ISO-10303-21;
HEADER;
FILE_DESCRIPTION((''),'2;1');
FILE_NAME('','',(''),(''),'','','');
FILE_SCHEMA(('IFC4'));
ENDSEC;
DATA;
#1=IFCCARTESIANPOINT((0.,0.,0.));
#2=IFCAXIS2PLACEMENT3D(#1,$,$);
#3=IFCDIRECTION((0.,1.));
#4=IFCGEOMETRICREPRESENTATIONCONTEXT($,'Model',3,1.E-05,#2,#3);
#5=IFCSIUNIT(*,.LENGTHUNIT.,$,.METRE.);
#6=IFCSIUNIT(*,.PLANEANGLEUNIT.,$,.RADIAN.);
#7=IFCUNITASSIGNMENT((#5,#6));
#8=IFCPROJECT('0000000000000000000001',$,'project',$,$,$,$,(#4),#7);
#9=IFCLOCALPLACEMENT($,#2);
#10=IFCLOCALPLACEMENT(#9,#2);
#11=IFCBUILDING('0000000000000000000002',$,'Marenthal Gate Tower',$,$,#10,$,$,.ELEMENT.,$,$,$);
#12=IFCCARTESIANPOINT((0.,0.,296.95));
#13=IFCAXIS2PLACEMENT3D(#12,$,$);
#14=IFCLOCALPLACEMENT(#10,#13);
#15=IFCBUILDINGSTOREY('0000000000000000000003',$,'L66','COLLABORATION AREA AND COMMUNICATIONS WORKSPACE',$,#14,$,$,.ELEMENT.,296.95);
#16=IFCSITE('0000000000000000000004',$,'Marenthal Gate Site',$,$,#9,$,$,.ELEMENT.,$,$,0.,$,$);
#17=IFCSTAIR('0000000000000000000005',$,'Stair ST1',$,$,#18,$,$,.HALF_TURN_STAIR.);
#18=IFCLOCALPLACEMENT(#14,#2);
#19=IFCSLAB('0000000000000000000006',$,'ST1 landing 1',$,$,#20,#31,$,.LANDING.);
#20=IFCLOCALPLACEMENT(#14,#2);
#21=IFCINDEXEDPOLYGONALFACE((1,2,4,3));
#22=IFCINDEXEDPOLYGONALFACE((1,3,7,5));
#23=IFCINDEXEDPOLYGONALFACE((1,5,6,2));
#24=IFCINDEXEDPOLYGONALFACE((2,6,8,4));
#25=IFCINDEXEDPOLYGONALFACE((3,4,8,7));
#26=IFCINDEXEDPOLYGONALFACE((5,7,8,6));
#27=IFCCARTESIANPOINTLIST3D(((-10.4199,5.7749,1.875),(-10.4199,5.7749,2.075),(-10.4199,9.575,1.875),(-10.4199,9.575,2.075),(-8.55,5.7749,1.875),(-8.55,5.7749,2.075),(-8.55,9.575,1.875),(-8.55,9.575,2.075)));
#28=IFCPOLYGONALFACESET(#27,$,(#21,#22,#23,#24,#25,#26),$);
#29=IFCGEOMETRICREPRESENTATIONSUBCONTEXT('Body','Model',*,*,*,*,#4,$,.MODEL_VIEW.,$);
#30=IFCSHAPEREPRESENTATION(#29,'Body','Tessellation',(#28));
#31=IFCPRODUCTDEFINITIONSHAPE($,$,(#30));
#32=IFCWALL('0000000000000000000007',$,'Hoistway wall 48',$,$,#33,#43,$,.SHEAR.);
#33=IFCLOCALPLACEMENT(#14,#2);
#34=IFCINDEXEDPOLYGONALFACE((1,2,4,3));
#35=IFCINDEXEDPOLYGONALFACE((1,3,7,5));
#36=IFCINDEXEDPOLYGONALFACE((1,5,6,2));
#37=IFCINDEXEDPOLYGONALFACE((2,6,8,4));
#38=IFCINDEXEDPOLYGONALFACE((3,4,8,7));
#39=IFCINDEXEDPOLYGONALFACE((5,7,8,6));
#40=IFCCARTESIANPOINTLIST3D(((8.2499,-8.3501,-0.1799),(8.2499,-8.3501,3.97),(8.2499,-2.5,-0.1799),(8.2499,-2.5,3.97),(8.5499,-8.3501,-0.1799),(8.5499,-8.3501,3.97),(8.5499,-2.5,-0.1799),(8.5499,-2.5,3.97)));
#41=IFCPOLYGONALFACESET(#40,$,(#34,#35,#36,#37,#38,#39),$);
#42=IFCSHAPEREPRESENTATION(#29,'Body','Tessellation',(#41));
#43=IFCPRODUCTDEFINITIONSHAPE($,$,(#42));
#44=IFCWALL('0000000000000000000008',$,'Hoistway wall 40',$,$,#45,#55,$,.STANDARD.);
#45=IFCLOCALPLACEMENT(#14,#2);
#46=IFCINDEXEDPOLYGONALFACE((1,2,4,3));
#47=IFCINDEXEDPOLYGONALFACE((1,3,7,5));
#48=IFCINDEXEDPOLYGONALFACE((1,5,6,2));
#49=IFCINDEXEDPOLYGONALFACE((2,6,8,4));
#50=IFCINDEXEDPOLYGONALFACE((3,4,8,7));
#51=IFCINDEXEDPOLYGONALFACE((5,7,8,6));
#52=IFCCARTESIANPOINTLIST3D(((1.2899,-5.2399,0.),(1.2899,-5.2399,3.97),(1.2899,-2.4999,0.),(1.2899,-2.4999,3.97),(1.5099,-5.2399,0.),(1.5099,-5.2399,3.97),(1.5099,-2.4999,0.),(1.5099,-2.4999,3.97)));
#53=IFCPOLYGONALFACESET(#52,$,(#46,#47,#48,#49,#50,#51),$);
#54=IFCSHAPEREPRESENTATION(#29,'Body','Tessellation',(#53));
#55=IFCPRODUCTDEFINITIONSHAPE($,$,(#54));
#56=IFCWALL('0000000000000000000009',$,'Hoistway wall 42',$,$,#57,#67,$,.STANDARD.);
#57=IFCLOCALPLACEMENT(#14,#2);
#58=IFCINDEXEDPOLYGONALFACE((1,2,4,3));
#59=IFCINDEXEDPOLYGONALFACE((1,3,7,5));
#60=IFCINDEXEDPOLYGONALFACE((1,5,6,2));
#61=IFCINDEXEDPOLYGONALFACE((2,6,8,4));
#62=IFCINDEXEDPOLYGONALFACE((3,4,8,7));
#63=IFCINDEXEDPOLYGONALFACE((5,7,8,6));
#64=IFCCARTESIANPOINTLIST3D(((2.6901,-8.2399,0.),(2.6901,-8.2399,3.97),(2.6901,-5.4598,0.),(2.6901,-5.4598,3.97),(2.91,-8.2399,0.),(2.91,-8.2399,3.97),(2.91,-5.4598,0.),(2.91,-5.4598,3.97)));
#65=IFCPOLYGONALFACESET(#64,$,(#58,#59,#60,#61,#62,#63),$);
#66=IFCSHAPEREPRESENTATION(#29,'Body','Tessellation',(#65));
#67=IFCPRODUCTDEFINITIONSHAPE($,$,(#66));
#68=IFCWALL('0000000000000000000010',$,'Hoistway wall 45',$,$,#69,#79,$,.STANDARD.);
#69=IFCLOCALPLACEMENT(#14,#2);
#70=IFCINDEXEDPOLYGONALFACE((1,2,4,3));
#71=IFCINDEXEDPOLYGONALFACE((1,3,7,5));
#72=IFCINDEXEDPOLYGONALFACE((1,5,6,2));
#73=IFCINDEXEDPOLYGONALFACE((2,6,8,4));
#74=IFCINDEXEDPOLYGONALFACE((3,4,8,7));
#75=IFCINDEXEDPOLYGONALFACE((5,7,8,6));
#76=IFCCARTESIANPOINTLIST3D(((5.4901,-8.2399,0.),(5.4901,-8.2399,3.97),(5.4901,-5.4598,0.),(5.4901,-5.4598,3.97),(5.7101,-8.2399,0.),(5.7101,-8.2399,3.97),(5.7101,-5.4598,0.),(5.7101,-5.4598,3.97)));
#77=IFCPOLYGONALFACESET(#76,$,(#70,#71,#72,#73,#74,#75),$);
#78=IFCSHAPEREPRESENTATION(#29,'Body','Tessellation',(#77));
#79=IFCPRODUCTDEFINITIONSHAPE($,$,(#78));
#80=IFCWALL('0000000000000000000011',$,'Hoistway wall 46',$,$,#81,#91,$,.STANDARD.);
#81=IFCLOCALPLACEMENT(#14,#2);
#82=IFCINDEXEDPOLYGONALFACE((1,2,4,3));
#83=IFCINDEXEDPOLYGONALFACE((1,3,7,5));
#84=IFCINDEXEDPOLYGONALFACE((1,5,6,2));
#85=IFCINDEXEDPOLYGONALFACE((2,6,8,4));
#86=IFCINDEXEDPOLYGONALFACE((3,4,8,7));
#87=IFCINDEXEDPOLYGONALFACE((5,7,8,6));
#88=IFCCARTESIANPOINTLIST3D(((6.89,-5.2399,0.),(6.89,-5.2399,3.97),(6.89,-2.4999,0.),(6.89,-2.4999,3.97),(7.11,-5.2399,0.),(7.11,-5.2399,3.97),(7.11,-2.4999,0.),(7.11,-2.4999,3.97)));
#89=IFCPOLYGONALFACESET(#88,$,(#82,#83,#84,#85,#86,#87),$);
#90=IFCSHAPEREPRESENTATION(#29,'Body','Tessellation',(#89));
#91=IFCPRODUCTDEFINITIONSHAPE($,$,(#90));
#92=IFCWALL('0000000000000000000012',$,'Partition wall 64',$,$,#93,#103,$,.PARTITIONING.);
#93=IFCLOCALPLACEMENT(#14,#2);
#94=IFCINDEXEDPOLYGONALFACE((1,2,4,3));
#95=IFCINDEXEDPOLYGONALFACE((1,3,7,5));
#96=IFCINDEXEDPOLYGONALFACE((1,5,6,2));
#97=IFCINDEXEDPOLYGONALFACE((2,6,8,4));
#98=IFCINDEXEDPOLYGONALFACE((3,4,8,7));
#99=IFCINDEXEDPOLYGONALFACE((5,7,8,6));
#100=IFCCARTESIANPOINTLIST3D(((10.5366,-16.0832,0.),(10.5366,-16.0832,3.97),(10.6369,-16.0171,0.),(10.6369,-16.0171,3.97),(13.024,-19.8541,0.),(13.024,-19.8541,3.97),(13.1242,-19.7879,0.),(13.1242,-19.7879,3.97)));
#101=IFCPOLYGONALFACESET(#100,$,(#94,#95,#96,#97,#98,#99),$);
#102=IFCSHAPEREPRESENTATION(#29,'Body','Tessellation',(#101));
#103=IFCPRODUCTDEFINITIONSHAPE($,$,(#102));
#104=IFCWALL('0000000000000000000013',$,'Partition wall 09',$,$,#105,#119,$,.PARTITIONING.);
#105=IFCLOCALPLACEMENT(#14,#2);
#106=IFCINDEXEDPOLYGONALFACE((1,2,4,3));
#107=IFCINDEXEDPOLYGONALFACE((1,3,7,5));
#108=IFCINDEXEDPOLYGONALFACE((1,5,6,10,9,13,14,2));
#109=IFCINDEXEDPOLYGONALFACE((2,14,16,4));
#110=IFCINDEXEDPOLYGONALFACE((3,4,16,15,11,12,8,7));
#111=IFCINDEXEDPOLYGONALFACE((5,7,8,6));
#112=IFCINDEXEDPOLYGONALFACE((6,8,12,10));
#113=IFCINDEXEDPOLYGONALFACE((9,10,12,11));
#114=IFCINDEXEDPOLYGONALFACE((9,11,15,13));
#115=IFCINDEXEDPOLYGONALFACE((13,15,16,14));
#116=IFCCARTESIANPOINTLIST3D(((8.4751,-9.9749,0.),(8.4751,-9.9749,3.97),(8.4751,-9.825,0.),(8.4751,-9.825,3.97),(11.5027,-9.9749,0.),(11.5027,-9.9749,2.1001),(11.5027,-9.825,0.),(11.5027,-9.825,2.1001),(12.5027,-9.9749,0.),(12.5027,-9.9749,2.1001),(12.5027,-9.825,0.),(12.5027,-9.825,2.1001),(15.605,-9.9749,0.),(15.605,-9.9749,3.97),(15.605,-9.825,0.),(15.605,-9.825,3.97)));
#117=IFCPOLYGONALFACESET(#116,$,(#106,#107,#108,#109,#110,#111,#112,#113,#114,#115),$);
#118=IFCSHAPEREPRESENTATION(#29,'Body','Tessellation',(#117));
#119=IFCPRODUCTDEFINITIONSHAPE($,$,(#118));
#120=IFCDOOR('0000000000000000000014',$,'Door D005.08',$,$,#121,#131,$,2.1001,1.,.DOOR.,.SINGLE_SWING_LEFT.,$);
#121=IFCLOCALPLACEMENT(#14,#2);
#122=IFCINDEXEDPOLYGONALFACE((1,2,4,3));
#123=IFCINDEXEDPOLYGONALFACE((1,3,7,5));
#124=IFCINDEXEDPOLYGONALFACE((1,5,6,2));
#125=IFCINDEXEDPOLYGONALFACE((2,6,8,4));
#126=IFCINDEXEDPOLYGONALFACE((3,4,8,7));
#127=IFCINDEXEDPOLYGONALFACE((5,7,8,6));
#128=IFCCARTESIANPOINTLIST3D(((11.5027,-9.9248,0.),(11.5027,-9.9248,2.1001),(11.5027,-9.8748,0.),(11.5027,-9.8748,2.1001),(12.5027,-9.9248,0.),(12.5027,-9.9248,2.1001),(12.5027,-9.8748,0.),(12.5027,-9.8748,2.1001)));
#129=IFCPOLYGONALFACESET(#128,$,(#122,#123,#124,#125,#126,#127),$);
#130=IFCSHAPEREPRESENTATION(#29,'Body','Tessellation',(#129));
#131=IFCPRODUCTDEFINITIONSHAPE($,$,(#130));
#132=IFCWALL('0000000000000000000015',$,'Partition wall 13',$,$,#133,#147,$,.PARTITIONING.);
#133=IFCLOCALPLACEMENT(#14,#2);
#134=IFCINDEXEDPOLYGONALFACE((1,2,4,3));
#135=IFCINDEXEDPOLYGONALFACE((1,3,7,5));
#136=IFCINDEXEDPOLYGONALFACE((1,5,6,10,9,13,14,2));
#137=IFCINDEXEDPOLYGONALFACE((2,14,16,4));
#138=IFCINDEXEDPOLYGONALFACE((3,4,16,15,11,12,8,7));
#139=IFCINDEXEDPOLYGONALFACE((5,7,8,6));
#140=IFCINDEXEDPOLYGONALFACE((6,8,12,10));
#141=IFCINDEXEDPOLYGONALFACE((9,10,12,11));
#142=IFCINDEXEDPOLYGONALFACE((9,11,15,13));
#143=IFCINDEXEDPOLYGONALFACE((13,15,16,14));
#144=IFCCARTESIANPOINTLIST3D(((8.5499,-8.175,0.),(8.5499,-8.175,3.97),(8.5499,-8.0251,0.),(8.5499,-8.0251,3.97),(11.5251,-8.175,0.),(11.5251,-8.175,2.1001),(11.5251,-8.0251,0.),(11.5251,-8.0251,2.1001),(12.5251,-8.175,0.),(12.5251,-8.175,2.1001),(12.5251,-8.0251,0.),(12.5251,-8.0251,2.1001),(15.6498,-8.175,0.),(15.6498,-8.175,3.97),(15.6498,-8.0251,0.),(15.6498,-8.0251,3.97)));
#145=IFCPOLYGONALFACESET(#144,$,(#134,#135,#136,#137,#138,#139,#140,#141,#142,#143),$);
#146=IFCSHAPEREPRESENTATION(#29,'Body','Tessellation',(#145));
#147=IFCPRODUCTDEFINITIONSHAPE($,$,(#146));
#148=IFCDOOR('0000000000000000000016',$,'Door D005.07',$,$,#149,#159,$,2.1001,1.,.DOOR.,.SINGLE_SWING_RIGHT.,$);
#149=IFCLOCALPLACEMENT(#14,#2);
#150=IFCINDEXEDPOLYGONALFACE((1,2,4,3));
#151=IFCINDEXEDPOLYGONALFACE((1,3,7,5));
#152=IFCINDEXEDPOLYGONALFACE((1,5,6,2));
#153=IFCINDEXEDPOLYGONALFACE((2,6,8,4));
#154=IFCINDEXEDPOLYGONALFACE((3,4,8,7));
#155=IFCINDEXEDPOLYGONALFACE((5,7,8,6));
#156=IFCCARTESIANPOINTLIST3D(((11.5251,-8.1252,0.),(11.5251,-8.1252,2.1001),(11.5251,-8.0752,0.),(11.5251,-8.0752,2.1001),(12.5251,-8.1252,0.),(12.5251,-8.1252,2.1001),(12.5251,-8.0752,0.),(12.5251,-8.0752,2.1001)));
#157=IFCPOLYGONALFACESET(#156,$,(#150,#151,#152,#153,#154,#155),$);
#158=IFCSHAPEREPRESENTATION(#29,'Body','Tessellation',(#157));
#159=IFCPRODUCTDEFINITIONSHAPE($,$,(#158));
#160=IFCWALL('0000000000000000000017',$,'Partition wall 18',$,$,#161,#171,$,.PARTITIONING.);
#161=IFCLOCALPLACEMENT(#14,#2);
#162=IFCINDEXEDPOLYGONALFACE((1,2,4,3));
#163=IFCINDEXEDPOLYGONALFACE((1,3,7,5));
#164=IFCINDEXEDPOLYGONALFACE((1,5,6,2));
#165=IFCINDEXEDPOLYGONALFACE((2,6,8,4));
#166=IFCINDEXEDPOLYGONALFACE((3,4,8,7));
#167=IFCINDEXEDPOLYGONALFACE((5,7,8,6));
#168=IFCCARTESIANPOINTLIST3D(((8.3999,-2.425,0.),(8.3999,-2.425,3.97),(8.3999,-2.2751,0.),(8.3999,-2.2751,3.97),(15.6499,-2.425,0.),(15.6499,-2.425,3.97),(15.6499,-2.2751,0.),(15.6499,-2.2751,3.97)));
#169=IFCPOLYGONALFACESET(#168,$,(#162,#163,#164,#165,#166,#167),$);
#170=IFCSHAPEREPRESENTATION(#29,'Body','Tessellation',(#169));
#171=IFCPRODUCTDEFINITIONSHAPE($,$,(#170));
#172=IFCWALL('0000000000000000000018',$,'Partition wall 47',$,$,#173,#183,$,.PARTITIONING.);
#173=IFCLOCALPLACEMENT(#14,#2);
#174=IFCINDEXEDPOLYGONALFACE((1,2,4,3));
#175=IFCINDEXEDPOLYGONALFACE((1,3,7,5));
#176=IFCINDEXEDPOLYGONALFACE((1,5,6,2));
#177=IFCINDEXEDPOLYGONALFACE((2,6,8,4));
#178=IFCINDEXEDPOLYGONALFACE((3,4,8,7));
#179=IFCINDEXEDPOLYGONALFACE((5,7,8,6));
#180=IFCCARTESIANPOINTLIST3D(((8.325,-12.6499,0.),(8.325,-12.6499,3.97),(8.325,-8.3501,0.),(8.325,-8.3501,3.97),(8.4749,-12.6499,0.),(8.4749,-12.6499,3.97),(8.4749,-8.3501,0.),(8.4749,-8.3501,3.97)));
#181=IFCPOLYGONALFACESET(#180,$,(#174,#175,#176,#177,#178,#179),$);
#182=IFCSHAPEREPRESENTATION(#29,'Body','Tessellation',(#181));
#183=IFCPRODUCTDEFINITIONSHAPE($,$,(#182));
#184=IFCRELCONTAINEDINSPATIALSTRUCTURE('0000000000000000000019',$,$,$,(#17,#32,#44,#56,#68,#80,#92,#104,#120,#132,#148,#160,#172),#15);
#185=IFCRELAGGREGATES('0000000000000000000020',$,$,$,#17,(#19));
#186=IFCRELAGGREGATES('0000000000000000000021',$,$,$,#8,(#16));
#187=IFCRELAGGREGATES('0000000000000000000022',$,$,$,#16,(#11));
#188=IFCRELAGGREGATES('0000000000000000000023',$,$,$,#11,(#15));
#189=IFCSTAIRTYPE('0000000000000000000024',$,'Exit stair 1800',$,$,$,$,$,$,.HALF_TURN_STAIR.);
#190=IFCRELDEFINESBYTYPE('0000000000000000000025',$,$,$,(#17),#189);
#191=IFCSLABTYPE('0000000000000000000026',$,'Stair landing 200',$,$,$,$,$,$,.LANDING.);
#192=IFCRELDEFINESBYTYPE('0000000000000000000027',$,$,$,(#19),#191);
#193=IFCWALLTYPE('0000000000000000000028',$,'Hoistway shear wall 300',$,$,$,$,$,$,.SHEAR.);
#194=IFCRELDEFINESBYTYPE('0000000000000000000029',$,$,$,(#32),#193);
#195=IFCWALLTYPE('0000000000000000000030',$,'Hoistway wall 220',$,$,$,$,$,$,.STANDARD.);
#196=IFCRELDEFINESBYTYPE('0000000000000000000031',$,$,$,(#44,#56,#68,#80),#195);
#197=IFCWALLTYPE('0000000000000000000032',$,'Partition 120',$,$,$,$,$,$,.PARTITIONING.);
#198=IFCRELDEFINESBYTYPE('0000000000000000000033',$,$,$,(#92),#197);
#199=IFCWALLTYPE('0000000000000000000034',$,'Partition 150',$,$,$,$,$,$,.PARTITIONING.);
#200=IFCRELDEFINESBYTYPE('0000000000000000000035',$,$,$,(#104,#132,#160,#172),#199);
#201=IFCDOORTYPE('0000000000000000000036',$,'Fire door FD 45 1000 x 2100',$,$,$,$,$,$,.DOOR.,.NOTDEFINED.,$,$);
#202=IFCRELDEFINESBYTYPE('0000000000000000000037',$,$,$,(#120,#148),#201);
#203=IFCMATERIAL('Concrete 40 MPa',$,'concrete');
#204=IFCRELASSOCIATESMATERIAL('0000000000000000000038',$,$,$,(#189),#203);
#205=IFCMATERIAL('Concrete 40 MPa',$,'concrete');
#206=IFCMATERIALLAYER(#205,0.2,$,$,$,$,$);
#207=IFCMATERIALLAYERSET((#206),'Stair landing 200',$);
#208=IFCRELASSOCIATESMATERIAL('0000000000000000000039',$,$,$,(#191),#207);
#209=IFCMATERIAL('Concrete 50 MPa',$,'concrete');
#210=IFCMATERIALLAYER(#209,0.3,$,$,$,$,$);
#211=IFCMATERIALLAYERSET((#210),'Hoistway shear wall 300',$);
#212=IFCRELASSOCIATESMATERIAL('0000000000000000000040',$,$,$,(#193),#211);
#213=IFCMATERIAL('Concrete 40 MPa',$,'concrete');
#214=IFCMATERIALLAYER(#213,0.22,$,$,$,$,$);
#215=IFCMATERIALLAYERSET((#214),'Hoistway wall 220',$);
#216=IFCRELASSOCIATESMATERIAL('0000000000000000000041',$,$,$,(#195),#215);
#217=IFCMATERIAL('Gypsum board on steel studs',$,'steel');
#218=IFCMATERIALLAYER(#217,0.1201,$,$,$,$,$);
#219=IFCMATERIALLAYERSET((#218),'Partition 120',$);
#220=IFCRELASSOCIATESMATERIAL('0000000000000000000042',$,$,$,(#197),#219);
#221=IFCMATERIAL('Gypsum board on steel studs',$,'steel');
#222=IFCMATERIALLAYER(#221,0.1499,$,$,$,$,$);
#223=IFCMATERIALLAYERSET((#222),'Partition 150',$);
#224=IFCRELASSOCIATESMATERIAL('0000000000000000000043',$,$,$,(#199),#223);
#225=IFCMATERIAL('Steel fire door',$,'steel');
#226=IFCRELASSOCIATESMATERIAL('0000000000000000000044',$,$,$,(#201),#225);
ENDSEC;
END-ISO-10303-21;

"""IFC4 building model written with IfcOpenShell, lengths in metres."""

from ifc_helpers import new_model, si_unit, direction, frame, frame_2d, origin, place, context, subcontext, project, spatial, polyline, rectangle, outline, extrude, material, layer, layer_set, type_object, element, fill, aggregate, save


model = new_model("IFC4")

# Units and contexts
model_context = context("Model", 3, precision=1e-05, world=origin(), true_north=direction((0.0, 1.0)))
body_context = subcontext(model_context, "Body", "Model", "MODEL_VIEW")
ifc_project = project(units=[si_unit("LENGTHUNIT", "METRE"), si_unit("PLANEANGLEUNIT", "RADIAN")], contexts=[model_context])

# Site, building, storey
site_placement = place(None, origin())
site = spatial("IfcSite", under=ifc_project, at=site_placement, Name="Marenthal Gate Site", CompositionType="ELEMENT", RefElevation=0.0)
building_placement = place(site_placement, origin())
building = spatial("IfcBuilding", under=site, at=building_placement, Name="Marenthal Gate Tower", CompositionType="ELEMENT")
storey_placement = place(building_placement, frame((0.0, 0.0, 296.95)))
storey = spatial("IfcBuildingStorey", under=building, at=storey_placement, Name="L66", Description="COLLABORATION AREA AND COMMUNICATIONS WORKSPACE", CompositionType="ELEMENT", Elevation=296.95)

# Stair, slab
ifc_material_1 = material(Name="Concrete 40 MPa", Category="concrete")
stair_type = type_object("IfcStairType", Name="Exit stair 1800", PredefinedType="HALF_TURN_STAIR", material=ifc_material_1)
stair_placement = place(storey_placement, origin())
stair = element("IfcStair", 1, at=stair_placement, inside=storey, type_object=stair_type, Name="Stair ST1", PredefinedType="HALF_TURN_STAIR")
ifc_material_2 = material(Name="Concrete 40 MPa", Category="concrete")
ifc_layer_1 = layer(ifc_material_2, 0.2)
ifc_layer_set_1 = layer_set([ifc_layer_1], Name="Stair landing 200")
slab_type_1 = type_object("IfcSlabType", Name="Stair landing 200", PredefinedType="LANDING", material=ifc_layer_set_1)
slab_1_placement = place(storey_placement, frame((0.0, 0.0, 1.875)))
slab_1 = element("IfcSlab", 2, at=slab_1_placement, type_object=slab_type_1, Name="ST1 landing 1", PredefinedType="LANDING", context=body_context, shape_type="SweptSolid", body=[
    extrude(outline(polyline([(-10.4199, 5.7749), (-8.55, 5.7749), (-8.55, 9.575), (-10.4199, 9.575), (-10.4199, 5.7749)])), origin(), (0.0, 0.0, 1.0), 0.2),
])
aggregate(stair, [slab_1])

# Walls
ifc_material_3 = material(Name="Concrete 50 MPa", Category="concrete")
ifc_layer_2 = layer(ifc_material_3, 0.3)
ifc_layer_set_2 = layer_set([ifc_layer_2], Name="Hoistway shear wall 300")
wall_type_1 = type_object("IfcWallType", Name="Hoistway shear wall 300", PredefinedType="SHEAR", material=ifc_layer_set_2)
wall_1_placement = place(storey_placement, frame((8.3999, -8.3501, -0.1799), z_axis=(0.0, 0.0, 1.0), x_axis=(0.0, 1.0, 0.0)))
element("IfcWall", 3, at=wall_1_placement, inside=storey, type_object=wall_type_1, Name="Hoistway wall 48", PredefinedType="SHEAR", context=body_context, shape_type="SweptSolid", body=[
    extrude(rectangle(XDim=5.8501, YDim=0.3, at=frame_2d((2.925, 0.0))), origin(), (0.0, 0.0, 1.0), 4.1499),
])
ifc_material_4 = material(Name="Concrete 40 MPa", Category="concrete")
ifc_layer_3 = layer(ifc_material_4, 0.22)
ifc_layer_set_3 = layer_set([ifc_layer_3], Name="Hoistway wall 220")
wall_type_2 = type_object("IfcWallType", Name="Hoistway wall 220", PredefinedType="STANDARD", material=ifc_layer_set_3)
wall_2_placement = place(storey_placement, frame((1.3999, -5.24, 0.0), z_axis=(0.0, 0.0, 1.0), x_axis=(0.0, 1.0, 0.0)))
element("IfcWall", 4, at=wall_2_placement, inside=storey, type_object=wall_type_2, Name="Hoistway wall 40", PredefinedType="STANDARD", context=body_context, shape_type="SweptSolid", body=[
    extrude(rectangle(XDim=2.74, YDim=0.22, at=frame_2d((1.3701, 0.0))), origin(), (0.0, 0.0, 1.0), 3.97),
])
for number, where, z_axis, x_axis, name in (
    (5, (2.8, -8.24, 0.0), (0.0, 0.0, 1.0), (0.0, 1.0, 0.0), "Hoistway wall 42"),
    (6, (5.6001, -8.24, 0.0), (0.0, 0.0, 1.0), (0.0, 1.0, 0.0), "Hoistway wall 45"),
):
    element("IfcWall", number, at=place(storey_placement, frame(where, z_axis=z_axis, x_axis=x_axis)), inside=storey, type_object=wall_type_2, Name=name, PredefinedType="STANDARD", context=body_context, shape_type="SweptSolid", body=[
        extrude(rectangle(XDim=2.78, YDim=0.22, at=frame_2d((1.3901, 0.0))), origin(), (0.0, 0.0, 1.0), 3.97),
    ])
wall_3_placement = place(storey_placement, frame((7.0, -5.24, 0.0), z_axis=(0.0, 0.0, 1.0), x_axis=(0.0, 1.0, 0.0)))
element("IfcWall", 7, at=wall_3_placement, inside=storey, type_object=wall_type_2, Name="Hoistway wall 46", PredefinedType="STANDARD", context=body_context, shape_type="SweptSolid", body=[
    extrude(rectangle(XDim=2.74, YDim=0.22, at=frame_2d((1.3701, 0.0))), origin(), (0.0, 0.0, 1.0), 3.97),
])
ifc_material_5 = material(Name="Gypsum board on steel studs", Category="steel")
ifc_layer_4 = layer(ifc_material_5, 0.1201)
ifc_layer_set_4 = layer_set([ifc_layer_4], Name="Partition 120")
wall_type_3 = type_object("IfcWallType", Name="Partition 120", PredefinedType="PARTITIONING", material=ifc_layer_set_4)
wall_4_placement = place(storey_placement, frame((10.5867, -16.05, 0.0), z_axis=(0.0, 0.0, 1.0), x_axis=(0.550628, -0.834751, 0.0)))
element("IfcWall", 8, at=wall_4_placement, inside=storey, type_object=wall_type_3, Name="Partition wall 64", PredefinedType="PARTITIONING", context=body_context, shape_type="SweptSolid", body=[
    extrude(rectangle(XDim=4.5173, YDim=0.1201, at=frame_2d((2.2588, 0.0))), origin(), (0.0, 0.0, 1.0), 3.97),
])

# Walls, openings, doors
ifc_material_6 = material(Name="Gypsum board on steel studs", Category="steel")
ifc_layer_5 = layer(ifc_material_6, 0.1499)
ifc_layer_set_5 = layer_set([ifc_layer_5], Name="Partition 150")
wall_type_4 = type_object("IfcWallType", Name="Partition 150", PredefinedType="PARTITIONING", material=ifc_layer_set_5)
wall_5_placement = place(storey_placement, frame((8.4751, -9.8999, 0.0), z_axis=(0.0, 0.0, 1.0), x_axis=(1.0, 0.0, 0.0)))
wall_5 = element("IfcWall", 9, at=wall_5_placement, inside=storey, type_object=wall_type_4, Name="Partition wall 09", PredefinedType="PARTITIONING", context=body_context, shape_type="SweptSolid", body=[
    extrude(rectangle(XDim=7.1299, YDim=0.1499, at=frame_2d((3.5649, 0.0))), origin(), (0.0, 0.0, 1.0), 3.97),
])
opening_1_placement = place(wall_5_placement, frame((3.0276, 0.0, 0.0)))
opening_1 = element("IfcOpeningElement", 10, at=opening_1_placement, cuts=wall_5, PredefinedType="OPENING", context=body_context, shape_type="SweptSolid", body=[
    extrude(rectangle(XDim=1.0, YDim=2.1001, at=frame_2d((0.5, 1.05))), frame((0.0, 0.085, 0.0), z_axis=(0.0, -1.0, 0.0), x_axis=(1.0, 0.0, 0.0)), (0.0, 0.0, 1.0), 0.1699),
])
ifc_material_7 = material(Name="Steel fire door", Category="steel")
door_type_1 = type_object("IfcDoorType", Name="Fire door FD 45 1000 x 2100", OperationType="NOTDEFINED", PredefinedType="DOOR", material=ifc_material_7)
door_1_placement = place(opening_1_placement, frame((1.0, 0.0, 0.0), z_axis=(0.0, 0.0, 1.0), x_axis=(-1.0, 0.0, 0.0)))
door_1 = element("IfcDoor", 11, at=door_1_placement, inside=storey, type_object=door_type_1, Name="Door D005.08", OperationType="SINGLE_SWING_LEFT", OverallHeight=2.1001, OverallWidth=1.0, PredefinedType="DOOR", context=body_context, shape_type="SweptSolid", body=[
    extrude(rectangle(XDim=1.0, YDim=2.1001, at=frame_2d((0.5, 1.05))), frame((0.0, 0.0249, 0.0), z_axis=(0.0, -1.0, 0.0), x_axis=(1.0, 0.0, 0.0)), (0.0, 0.0, 1.0), 0.05),
])
fill(opening_1, door_1)
wall_6_placement = place(storey_placement, frame((8.55, -8.1001, 0.0), z_axis=(0.0, 0.0, 1.0), x_axis=(1.0, 0.0, 0.0)))
wall_6 = element("IfcWall", 12, at=wall_6_placement, inside=storey, type_object=wall_type_4, Name="Partition wall 13", PredefinedType="PARTITIONING", context=body_context, shape_type="SweptSolid", body=[
    extrude(rectangle(XDim=7.0999, YDim=0.1499, at=frame_2d((3.5498, 0.0))), origin(), (0.0, 0.0, 1.0), 3.97),
])
opening_2_placement = place(wall_6_placement, frame((2.9751, 0.0, 0.0)))
opening_2 = element("IfcOpeningElement", 13, at=opening_2_placement, cuts=wall_6, PredefinedType="OPENING", context=body_context, shape_type="SweptSolid", body=[
    extrude(rectangle(XDim=1.0, YDim=2.1001, at=frame_2d((0.5, 1.05))), frame((0.0, 0.085, 0.0), z_axis=(0.0, -1.0, 0.0), x_axis=(1.0, 0.0, 0.0)), (0.0, 0.0, 1.0), 0.1699),
])
door_2_placement = place(opening_2_placement, origin())
door_2 = element("IfcDoor", 14, at=door_2_placement, inside=storey, type_object=door_type_1, Name="Door D005.07", OperationType="SINGLE_SWING_RIGHT", OverallHeight=2.1001, OverallWidth=1.0, PredefinedType="DOOR", context=body_context, shape_type="SweptSolid", body=[
    extrude(rectangle(XDim=1.0, YDim=2.1001, at=frame_2d((0.5, 1.05))), frame((0.0, 0.0249, 0.0), z_axis=(0.0, -1.0, 0.0), x_axis=(1.0, 0.0, 0.0)), (0.0, 0.0, 1.0), 0.05),
])
fill(opening_2, door_2)

# Walls
wall_7_placement = place(storey_placement, frame((8.3999, -2.3501, 0.0), z_axis=(0.0, 0.0, 1.0), x_axis=(1.0, 0.0, 0.0)))
element("IfcWall", 15, at=wall_7_placement, inside=storey, type_object=wall_type_4, Name="Partition wall 18", PredefinedType="PARTITIONING", context=body_context, shape_type="SweptSolid", body=[
    extrude(rectangle(XDim=7.25, YDim=0.1499, at=frame_2d((3.625, 0.0))), origin(), (0.0, 0.0, 1.0), 3.97),
])
wall_8_placement = place(storey_placement, frame((8.3999, -12.6499, 0.0), z_axis=(0.0, 0.0, 1.0), x_axis=(0.0, 1.0, 0.0)))
element("IfcWall", 16, at=wall_8_placement, inside=storey, type_object=wall_type_4, Name="Partition wall 47", PredefinedType="PARTITIONING", context=body_context, shape_type="SweptSolid", body=[
    extrude(rectangle(XDim=4.2998, YDim=0.1499, at=frame_2d((2.1499, 0.0))), origin(), (0.0, 0.0, 1.0), 3.97),
])

save(model, "model.ifc")
